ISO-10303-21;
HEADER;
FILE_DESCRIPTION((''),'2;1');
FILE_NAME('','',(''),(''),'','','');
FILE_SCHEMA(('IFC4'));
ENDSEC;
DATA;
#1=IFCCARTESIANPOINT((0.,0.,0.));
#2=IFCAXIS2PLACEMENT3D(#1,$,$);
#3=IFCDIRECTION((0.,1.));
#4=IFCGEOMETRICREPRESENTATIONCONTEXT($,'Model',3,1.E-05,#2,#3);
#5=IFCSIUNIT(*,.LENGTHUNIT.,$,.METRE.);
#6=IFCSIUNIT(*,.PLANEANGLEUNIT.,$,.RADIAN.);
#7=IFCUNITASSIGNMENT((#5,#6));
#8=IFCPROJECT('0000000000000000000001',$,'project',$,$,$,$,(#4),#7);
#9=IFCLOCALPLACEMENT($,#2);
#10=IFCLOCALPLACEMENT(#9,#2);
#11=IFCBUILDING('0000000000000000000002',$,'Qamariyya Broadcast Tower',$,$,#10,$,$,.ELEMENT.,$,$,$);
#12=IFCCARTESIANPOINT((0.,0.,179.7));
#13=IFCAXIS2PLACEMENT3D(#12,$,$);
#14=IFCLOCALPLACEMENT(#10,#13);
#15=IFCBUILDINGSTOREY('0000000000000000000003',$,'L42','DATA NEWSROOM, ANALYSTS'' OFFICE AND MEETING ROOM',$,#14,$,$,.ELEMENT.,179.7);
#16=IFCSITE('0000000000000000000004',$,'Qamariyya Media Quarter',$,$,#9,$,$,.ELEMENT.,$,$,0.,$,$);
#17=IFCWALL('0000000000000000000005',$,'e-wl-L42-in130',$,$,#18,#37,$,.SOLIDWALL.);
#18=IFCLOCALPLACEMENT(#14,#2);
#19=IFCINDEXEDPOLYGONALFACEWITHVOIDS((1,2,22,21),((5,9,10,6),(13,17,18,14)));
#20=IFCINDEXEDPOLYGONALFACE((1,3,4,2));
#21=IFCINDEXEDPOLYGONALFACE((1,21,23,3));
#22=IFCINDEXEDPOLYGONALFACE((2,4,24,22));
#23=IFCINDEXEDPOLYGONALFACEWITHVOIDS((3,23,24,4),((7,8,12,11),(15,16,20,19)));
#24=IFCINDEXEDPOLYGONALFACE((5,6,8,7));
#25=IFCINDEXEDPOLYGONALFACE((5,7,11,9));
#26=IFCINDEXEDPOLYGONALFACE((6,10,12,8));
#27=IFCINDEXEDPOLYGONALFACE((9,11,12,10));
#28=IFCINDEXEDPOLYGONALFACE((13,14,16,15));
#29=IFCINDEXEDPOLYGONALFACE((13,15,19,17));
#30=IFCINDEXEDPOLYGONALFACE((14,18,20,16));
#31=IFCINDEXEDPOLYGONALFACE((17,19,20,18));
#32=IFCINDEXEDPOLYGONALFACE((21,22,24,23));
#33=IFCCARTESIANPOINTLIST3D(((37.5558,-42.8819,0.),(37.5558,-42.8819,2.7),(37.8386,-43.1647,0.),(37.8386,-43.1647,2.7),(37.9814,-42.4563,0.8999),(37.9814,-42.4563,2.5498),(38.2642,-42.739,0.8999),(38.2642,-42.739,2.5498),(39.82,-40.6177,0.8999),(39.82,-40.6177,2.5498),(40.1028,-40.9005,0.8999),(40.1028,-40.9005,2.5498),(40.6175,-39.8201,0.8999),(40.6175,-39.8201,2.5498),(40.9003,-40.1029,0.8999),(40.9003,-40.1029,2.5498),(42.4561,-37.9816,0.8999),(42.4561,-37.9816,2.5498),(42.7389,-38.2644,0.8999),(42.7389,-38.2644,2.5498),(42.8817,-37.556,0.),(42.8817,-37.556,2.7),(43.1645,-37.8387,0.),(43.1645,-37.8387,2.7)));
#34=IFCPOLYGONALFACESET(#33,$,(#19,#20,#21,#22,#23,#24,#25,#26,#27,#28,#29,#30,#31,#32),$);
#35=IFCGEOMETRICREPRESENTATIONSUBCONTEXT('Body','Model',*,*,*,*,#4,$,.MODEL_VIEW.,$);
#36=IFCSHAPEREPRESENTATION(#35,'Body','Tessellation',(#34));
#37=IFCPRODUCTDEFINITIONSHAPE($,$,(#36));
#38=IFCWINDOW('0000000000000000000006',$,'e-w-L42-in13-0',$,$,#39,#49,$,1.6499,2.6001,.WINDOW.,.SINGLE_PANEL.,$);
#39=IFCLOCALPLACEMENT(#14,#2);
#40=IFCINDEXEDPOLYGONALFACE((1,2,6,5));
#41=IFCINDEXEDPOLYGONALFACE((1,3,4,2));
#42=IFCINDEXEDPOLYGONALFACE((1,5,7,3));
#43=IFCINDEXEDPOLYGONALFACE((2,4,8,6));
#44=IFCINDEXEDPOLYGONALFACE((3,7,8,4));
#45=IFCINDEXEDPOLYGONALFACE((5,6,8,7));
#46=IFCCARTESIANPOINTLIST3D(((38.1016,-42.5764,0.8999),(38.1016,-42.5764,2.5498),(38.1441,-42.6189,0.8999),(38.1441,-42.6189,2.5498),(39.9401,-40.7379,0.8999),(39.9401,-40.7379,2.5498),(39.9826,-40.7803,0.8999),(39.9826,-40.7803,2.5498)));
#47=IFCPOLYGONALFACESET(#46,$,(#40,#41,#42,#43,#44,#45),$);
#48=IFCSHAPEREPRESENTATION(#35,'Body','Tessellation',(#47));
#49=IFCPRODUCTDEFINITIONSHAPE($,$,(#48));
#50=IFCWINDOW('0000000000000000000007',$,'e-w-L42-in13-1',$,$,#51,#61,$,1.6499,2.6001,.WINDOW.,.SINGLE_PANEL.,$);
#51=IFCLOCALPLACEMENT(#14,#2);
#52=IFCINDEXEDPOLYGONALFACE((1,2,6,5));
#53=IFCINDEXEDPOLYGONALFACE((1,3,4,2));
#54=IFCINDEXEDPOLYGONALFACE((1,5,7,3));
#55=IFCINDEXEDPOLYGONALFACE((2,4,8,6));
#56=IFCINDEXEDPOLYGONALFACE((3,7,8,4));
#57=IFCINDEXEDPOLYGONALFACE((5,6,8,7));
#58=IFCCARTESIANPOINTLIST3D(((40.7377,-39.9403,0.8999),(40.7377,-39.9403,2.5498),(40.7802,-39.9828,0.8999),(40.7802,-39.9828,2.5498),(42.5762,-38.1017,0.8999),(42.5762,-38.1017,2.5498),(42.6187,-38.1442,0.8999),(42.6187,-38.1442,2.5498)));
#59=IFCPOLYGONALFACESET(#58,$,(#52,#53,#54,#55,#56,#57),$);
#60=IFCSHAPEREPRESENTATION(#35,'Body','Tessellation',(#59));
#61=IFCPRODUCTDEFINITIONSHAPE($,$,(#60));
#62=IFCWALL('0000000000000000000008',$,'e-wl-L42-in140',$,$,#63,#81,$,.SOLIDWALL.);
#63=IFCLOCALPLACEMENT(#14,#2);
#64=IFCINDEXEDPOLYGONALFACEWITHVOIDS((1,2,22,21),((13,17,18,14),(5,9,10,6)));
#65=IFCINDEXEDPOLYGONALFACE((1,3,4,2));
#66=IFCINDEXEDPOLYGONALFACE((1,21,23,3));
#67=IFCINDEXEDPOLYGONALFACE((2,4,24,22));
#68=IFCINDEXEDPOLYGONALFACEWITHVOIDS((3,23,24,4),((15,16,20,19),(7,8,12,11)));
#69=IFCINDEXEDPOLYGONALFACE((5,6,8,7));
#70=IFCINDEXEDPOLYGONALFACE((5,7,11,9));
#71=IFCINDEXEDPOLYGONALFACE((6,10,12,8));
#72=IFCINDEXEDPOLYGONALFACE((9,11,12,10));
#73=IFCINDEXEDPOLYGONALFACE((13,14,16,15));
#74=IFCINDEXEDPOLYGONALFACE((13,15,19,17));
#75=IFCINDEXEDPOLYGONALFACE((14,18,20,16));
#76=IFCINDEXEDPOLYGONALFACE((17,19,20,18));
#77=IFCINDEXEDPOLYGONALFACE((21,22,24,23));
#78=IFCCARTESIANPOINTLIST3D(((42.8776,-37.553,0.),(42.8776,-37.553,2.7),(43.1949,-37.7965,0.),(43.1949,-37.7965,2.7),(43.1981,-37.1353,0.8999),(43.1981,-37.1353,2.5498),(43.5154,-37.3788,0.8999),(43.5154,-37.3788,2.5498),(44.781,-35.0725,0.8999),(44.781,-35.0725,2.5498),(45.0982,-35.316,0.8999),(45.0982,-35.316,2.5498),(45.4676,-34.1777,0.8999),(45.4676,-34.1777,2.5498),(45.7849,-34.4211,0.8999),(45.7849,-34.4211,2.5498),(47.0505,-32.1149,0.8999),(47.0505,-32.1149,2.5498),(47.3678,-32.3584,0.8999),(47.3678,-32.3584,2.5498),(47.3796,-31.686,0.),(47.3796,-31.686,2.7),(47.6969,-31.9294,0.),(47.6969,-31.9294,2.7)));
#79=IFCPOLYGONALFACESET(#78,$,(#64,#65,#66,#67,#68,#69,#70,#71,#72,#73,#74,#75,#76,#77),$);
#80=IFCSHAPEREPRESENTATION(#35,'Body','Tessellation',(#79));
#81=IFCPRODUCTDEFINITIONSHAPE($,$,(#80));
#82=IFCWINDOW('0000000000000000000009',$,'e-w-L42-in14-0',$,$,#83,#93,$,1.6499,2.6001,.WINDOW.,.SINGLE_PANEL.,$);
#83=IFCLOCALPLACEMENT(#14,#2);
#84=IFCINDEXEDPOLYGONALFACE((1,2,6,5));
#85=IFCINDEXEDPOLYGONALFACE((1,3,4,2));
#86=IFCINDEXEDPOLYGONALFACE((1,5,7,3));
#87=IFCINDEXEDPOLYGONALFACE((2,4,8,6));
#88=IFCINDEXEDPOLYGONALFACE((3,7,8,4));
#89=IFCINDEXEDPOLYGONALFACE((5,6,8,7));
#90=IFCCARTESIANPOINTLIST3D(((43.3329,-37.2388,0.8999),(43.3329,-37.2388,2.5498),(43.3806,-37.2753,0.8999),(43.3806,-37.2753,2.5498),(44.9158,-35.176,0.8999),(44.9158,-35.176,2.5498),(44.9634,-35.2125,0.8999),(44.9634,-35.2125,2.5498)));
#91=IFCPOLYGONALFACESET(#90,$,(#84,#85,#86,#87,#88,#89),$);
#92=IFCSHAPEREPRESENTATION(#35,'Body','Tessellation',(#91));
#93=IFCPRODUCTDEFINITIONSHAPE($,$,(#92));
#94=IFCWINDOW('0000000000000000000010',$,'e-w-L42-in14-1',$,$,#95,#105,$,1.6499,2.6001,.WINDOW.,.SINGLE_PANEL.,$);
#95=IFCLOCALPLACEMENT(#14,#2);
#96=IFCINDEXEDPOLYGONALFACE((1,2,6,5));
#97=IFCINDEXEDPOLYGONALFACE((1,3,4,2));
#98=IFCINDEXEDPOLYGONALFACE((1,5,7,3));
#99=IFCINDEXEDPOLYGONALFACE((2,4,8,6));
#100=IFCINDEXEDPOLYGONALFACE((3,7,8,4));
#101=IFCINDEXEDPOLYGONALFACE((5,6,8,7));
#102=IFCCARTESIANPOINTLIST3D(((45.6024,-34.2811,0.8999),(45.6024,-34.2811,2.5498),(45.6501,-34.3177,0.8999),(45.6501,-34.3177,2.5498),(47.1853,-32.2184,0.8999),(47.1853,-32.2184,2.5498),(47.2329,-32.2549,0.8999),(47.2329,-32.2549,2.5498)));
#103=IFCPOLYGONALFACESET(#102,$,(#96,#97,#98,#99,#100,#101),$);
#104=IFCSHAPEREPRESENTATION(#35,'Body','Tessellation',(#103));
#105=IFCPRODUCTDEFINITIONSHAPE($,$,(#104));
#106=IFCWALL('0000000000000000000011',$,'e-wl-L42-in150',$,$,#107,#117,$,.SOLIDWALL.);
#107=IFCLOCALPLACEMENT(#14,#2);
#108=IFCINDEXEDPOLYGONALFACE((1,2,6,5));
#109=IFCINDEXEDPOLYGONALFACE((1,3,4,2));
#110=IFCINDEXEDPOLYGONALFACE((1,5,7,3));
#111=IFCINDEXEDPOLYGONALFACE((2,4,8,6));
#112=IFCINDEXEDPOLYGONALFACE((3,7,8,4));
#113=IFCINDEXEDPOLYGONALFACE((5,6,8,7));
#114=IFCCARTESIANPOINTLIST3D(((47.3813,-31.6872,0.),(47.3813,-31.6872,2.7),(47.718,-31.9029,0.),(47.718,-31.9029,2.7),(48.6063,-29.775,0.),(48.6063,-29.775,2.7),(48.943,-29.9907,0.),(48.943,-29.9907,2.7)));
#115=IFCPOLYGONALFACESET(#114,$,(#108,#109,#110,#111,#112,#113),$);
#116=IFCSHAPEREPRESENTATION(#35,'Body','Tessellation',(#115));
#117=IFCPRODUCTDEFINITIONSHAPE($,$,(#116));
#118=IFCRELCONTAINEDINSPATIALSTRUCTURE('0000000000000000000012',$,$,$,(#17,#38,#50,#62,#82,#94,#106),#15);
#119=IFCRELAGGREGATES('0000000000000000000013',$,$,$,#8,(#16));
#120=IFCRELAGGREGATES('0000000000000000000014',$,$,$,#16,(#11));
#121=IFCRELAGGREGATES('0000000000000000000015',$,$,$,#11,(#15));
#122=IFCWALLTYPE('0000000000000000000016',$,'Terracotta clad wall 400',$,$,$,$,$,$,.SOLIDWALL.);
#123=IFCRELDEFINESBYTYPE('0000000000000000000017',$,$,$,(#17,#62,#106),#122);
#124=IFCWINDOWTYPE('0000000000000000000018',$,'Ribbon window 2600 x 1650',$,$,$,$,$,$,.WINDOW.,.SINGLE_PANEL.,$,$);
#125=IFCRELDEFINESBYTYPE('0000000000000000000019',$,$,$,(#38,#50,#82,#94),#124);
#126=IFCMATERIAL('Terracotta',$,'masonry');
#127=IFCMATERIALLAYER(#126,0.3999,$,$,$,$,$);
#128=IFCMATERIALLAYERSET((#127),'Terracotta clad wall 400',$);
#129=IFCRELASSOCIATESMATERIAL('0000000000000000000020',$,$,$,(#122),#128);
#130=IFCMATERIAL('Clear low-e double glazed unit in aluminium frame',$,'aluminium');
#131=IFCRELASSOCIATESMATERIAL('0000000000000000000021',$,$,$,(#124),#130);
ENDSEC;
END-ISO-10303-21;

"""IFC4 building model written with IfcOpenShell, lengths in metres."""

from ifc_helpers import new_model, si_unit, direction, frame, frame_2d, origin, place, context, subcontext, project, spatial, rectangle, extrude, material, layer, layer_set, type_object, element, fill, save


model = new_model("IFC4")

# Units and contexts
model_context = context("Model", 3, precision=1e-05, world=origin(), true_north=direction((0.0, 1.0)))
body_context = subcontext(model_context, "Body", "Model", "MODEL_VIEW")
ifc_project = project(units=[si_unit("LENGTHUNIT", "METRE"), si_unit("PLANEANGLEUNIT", "RADIAN")], contexts=[model_context])

# Site, building, storey
site_placement = place(None, origin())
site = spatial("IfcSite", under=ifc_project, at=site_placement, Name="Qamariyya Media Quarter", CompositionType="ELEMENT", RefElevation=0.0)
building_placement = place(site_placement, origin())
building = spatial("IfcBuilding", under=site, at=building_placement, Name="Qamariyya Broadcast Tower", CompositionType="ELEMENT")
storey_placement = place(building_placement, frame((0.0, 0.0, 179.7)))
storey = spatial("IfcBuildingStorey", under=building, at=storey_placement, Name="L42", Description="DATA NEWSROOM, ANALYSTS' OFFICE AND MEETING ROOM", CompositionType="ELEMENT", Elevation=179.7)

# Walls, openings, windows
ifc_material_1 = material(Name="Terracotta", Category="masonry")
ifc_layer_1 = layer(ifc_material_1, 0.3999)
ifc_layer_set_1 = layer_set([ifc_layer_1], Name="Terracotta clad wall 400")
wall_type_1 = type_object("IfcWallType", Name="Terracotta clad wall 400", PredefinedType="SOLIDWALL", material=ifc_layer_set_1)
wall_1_placement = place(storey_placement, frame((43.0232, -37.6973, 0.0), z_axis=(0.0, 0.0, 1.0), x_axis=(-0.707107, -0.707107, 0.0)))
wall_1 = element("IfcWall", 1, at=wall_1_placement, inside=storey, type_object=wall_type_1, Name="e-wl-L42-in130", PredefinedType="SOLIDWALL", context=body_context, shape_type="SweptSolid", body=[
    extrude(rectangle(XDim=7.532, YDim=0.3999, at=frame_2d((3.7661, 0.0))), origin(), (0.0, 0.0, 1.0), 2.7),
])
opening_1_placement = place(wall_1_placement, frame((4.3301, 0.0, 0.8999)))
opening_1 = element("IfcOpeningElement", 2, at=opening_1_placement, cuts=wall_1, PredefinedType="OPENING", context=body_context, shape_type="SweptSolid", body=[
    extrude(rectangle(XDim=2.6001, YDim=1.6499, at=frame_2d((1.3, 0.825))), frame((0.0, 0.21, 0.0), z_axis=(0.0, -1.0, 0.0), x_axis=(1.0, 0.0, 0.0)), (0.0, 0.0, 1.0), 0.4199),
])
opening_2_placement = place(wall_1_placement, frame((0.6021, 0.0, 0.8999)))
opening_2 = element("IfcOpeningElement", 3, at=opening_2_placement, cuts=wall_1, PredefinedType="OPENING", context=body_context, shape_type="SweptSolid", body=[
    extrude(rectangle(XDim=2.6001, YDim=1.6499, at=frame_2d((1.3, 0.825))), frame((0.0, 0.21, 0.0), z_axis=(0.0, -1.0, 0.0), x_axis=(1.0, 0.0, 0.0)), (0.0, 0.0, 1.0), 0.4199),
])
ifc_material_2 = material(Name="Clear low-e double glazed unit in aluminium frame", Category="aluminium")
window_type = type_object("IfcWindowType", Name="Ribbon window 2600 x 1650", PartitioningType="SINGLE_PANEL", PredefinedType="WINDOW", material=ifc_material_2)
window_1_placement = place(opening_1_placement, origin())
window_1 = element("IfcWindow", 4, at=window_1_placement, inside=storey, type_object=window_type, Name="e-w-L42-in13-0", OverallHeight=1.6499, OverallWidth=2.6001, PartitioningType="SINGLE_PANEL", PredefinedType="WINDOW", context=body_context, shape_type="SweptSolid", body=[
    extrude(rectangle(XDim=2.6001, YDim=1.6499, at=frame_2d((1.3, 0.825))), frame((0.0, 0.03, 0.0), z_axis=(0.0, -1.0, 0.0), x_axis=(1.0, 0.0, 0.0)), (0.0, 0.0, 1.0), 0.0601),
])
fill(opening_1, window_1)
window_2_placement = place(opening_2_placement, origin())
window_2 = element("IfcWindow", 5, at=window_2_placement, inside=storey, type_object=window_type, Name="e-w-L42-in13-1", OverallHeight=1.6499, OverallWidth=2.6001, PartitioningType="SINGLE_PANEL", PredefinedType="WINDOW", context=body_context, shape_type="SweptSolid", body=[
    extrude(rectangle(XDim=2.6001, YDim=1.6499, at=frame_2d((1.3, 0.825))), frame((0.0, 0.03, 0.0), z_axis=(0.0, -1.0, 0.0), x_axis=(1.0, 0.0, 0.0)), (0.0, 0.0, 1.0), 0.0601),
])
fill(opening_2, window_2)
wall_2_placement = place(storey_placement, frame((47.5383, -31.8076, 0.0), z_axis=(0.0, 0.0, 1.0), x_axis=(-0.608769, -0.793348, 0.0)))
wall_2 = element("IfcWall", 6, at=wall_2_placement, inside=storey, type_object=wall_type_1, Name="e-wl-L42-in140", PredefinedType="SOLIDWALL", context=body_context, shape_type="SweptSolid", body=[
    extrude(rectangle(XDim=7.3953, YDim=0.3999, at=frame_2d((3.6978, 0.0))), origin(), (0.0, 0.0, 1.0), 2.7),
])
opening_3_placement = place(wall_2_placement, frame((4.2688, 0.0, 0.8999)))
opening_3 = element("IfcOpeningElement", 7, at=opening_3_placement, cuts=wall_2, PredefinedType="OPENING", context=body_context, shape_type="SweptSolid", body=[
    extrude(rectangle(XDim=2.6001, YDim=1.6499, at=frame_2d((1.3, 0.825))), frame((0.0, 0.21, 0.0), z_axis=(0.0, -1.0, 0.0), x_axis=(1.0, 0.0, 0.0)), (0.0, 0.0, 1.0), 0.4199),
])
opening_4_placement = place(wall_2_placement, frame((0.5408, 0.0, 0.8999)))
opening_4 = element("IfcOpeningElement", 8, at=opening_4_placement, cuts=wall_2, PredefinedType="OPENING", context=body_context, shape_type="SweptSolid", body=[
    extrude(rectangle(XDim=2.6001, YDim=1.6499, at=frame_2d((1.3, 0.825))), frame((0.0, 0.21, 0.0), z_axis=(0.0, -1.0, 0.0), x_axis=(1.0, 0.0, 0.0)), (0.0, 0.0, 1.0), 0.4199),
])
window_3_placement = place(opening_3_placement, origin())
window_3 = element("IfcWindow", 9, at=window_3_placement, inside=storey, type_object=window_type, Name="e-w-L42-in14-0", OverallHeight=1.6499, OverallWidth=2.6001, PartitioningType="SINGLE_PANEL", PredefinedType="WINDOW", context=body_context, shape_type="SweptSolid", body=[
    extrude(rectangle(XDim=2.6001, YDim=1.6499, at=frame_2d((1.3, 0.825))), frame((0.0, 0.03, 0.0), z_axis=(0.0, -1.0, 0.0), x_axis=(1.0, 0.0, 0.0)), (0.0, 0.0, 1.0), 0.0601),
])
fill(opening_3, window_3)
window_4_placement = place(opening_4_placement, origin())
window_4 = element("IfcWindow", 10, at=window_4_placement, inside=storey, type_object=window_type, Name="e-w-L42-in14-1", OverallHeight=1.6499, OverallWidth=2.6001, PartitioningType="SINGLE_PANEL", PredefinedType="WINDOW", context=body_context, shape_type="SweptSolid", body=[
    extrude(rectangle(XDim=2.6001, YDim=1.6499, at=frame_2d((1.3, 0.825))), frame((0.0, 0.03, 0.0), z_axis=(0.0, -1.0, 0.0), x_axis=(1.0, 0.0, 0.0)), (0.0, 0.0, 1.0), 0.0601),
])
fill(opening_4, window_4)

# Wall
wall_3_placement = place(storey_placement, frame((48.7747, -29.8828, 0.0), z_axis=(0.0, 0.0, 1.0), x_axis=(-0.539426, -0.842033, 0.0)))
element("IfcWall", 11, at=wall_3_placement, inside=storey, type_object=wall_type_1, Name="e-wl-L42-in150", PredefinedType="SOLIDWALL", context=body_context, shape_type="SweptSolid", body=[
    extrude(rectangle(XDim=2.271, YDim=0.3999, at=frame_2d((1.1355, 0.0))), origin(), (0.0, 0.0, 1.0), 2.7),
])

save(model, "model.ifc")
